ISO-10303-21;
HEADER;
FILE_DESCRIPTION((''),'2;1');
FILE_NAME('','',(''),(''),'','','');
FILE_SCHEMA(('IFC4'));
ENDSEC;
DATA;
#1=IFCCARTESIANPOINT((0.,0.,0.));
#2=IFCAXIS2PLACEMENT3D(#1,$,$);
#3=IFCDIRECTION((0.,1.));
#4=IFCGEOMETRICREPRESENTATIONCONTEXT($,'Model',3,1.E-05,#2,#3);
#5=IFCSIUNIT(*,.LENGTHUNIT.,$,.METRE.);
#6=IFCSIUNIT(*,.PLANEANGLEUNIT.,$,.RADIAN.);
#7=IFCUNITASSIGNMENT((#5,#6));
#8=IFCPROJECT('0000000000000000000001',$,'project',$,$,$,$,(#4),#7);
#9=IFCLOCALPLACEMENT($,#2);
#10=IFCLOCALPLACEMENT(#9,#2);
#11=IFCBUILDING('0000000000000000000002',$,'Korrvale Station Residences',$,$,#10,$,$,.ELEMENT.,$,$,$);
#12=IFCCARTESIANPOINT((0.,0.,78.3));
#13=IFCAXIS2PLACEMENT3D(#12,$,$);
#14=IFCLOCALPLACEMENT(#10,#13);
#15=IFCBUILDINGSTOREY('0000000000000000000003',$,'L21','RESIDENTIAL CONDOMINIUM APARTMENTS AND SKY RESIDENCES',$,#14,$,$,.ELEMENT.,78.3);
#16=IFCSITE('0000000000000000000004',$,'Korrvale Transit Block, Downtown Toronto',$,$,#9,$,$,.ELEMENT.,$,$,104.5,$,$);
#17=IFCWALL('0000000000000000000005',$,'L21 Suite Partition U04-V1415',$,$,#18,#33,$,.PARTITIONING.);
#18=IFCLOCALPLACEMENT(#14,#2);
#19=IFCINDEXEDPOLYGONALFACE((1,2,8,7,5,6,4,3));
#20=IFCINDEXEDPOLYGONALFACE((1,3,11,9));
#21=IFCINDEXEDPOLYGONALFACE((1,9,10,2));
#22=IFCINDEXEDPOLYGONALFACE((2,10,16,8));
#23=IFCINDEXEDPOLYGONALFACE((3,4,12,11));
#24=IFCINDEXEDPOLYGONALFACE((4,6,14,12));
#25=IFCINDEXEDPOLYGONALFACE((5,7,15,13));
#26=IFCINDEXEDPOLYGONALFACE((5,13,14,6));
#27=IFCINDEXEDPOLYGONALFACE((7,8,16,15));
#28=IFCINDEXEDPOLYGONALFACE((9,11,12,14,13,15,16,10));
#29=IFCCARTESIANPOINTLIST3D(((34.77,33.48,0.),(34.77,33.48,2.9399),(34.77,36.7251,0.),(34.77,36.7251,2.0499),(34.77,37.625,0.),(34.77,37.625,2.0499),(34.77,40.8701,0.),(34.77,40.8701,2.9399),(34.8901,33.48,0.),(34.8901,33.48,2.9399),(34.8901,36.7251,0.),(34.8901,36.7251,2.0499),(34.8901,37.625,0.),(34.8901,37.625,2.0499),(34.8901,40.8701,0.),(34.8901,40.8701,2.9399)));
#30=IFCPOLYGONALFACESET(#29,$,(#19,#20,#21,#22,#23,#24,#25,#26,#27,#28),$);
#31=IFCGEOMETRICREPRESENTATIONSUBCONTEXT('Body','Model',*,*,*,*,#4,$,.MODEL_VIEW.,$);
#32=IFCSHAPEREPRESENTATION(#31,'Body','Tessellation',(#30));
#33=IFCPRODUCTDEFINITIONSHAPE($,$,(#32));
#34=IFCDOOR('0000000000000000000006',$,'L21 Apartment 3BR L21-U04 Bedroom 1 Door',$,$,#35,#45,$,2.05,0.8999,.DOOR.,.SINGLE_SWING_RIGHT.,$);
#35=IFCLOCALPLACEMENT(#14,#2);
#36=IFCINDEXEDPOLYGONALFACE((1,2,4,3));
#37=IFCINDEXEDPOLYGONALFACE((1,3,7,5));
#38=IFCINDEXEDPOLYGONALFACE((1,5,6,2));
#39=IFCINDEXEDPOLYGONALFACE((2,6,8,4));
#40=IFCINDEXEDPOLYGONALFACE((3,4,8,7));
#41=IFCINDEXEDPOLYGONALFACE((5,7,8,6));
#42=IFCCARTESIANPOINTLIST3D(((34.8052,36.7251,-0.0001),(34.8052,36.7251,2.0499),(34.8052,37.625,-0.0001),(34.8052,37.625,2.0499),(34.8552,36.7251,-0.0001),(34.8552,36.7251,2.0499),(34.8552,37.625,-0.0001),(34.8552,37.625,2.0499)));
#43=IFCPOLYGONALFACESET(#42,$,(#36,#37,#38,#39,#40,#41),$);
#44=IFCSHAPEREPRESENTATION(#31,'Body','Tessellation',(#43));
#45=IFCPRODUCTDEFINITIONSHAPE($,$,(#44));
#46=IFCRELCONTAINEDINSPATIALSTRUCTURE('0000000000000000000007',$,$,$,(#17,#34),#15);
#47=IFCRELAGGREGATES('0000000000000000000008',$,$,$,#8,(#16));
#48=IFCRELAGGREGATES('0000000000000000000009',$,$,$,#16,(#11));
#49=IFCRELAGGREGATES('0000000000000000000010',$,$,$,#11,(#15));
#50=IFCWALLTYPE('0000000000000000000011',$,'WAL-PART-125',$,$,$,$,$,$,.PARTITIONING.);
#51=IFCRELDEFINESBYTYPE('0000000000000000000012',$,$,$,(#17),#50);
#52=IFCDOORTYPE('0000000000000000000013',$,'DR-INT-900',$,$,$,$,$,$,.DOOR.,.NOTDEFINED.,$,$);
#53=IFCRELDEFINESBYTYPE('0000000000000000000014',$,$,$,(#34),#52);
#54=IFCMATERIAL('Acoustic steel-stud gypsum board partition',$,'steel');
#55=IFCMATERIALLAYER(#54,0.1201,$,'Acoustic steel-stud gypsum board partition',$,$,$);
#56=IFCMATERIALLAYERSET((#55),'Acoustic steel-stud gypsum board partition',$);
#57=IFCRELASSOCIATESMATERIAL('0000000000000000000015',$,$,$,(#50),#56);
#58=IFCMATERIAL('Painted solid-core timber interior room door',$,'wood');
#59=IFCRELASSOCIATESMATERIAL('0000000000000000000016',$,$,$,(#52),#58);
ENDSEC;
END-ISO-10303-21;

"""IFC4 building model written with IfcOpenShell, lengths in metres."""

from ifc_helpers import new_model, si_unit, direction, frame, frame_2d, origin, place, context, subcontext, project, spatial, rectangle, extrude, material, layer, layer_set, type_object, element, fill, save


model = new_model("IFC4")

# Units and contexts
model_context = context("Model", 3, precision=1e-05, world=origin(), true_north=direction((0.0, 1.0)))
body_context = subcontext(model_context, "Body", "Model", "MODEL_VIEW")
ifc_project = project(units=[si_unit("LENGTHUNIT", "METRE"), si_unit("PLANEANGLEUNIT", "RADIAN")], contexts=[model_context])

# Site, building, storey
site_placement = place(None, origin())
site = spatial("IfcSite", under=ifc_project, at=site_placement, Name="Korrvale Transit Block, Downtown Toronto", CompositionType="ELEMENT", RefElevation=104.5)
building_placement = place(site_placement, origin())
building = spatial("IfcBuilding", under=site, at=building_placement, Name="Korrvale Station Residences", CompositionType="ELEMENT")
storey_placement = place(building_placement, frame((0.0, 0.0, 78.3)))
storey = spatial("IfcBuildingStorey", under=building, at=storey_placement, Name="L21", Description="RESIDENTIAL CONDOMINIUM APARTMENTS AND SKY RESIDENCES", CompositionType="ELEMENT", Elevation=78.3)

# Wall, opening, door
ifc_material_1 = material(Name="Acoustic steel-stud gypsum board partition", Category="steel")
ifc_layer_1 = layer(ifc_material_1, 0.1201, Name="Acoustic steel-stud gypsum board partition")
ifc_layer_set_1 = layer_set([ifc_layer_1], Name="Acoustic steel-stud gypsum board partition")
wall_type_1 = type_object("IfcWallType", Name="WAL-PART-125", PredefinedType="PARTITIONING", material=ifc_layer_set_1)
ifc_material_2 = material(Name="Painted solid-core timber interior room door", Category="wood")
door_type_1 = type_object("IfcDoorType", Name="DR-INT-900", OperationType="NOTDEFINED", PredefinedType="DOOR", material=ifc_material_2)
wall_1_placement = place(storey_placement, frame((34.8301, 33.48, 0.0), z_axis=(0.0, 0.0, 1.0), x_axis=(0.0, 1.0, 0.0)))
wall_1 = element("IfcWall", 1, at=wall_1_placement, inside=storey, type_object=wall_type_1, Name="L21 Suite Partition U04-V1415", PredefinedType="PARTITIONING", context=body_context, shape_type="SweptSolid", body=[
    extrude(rectangle(XDim=7.3901, YDim=0.1201, at=frame_2d((3.6951, 0.0))), origin(), (0.0, 0.0, 1.0), 2.9399),
])
opening_1_placement = place(wall_1_placement, frame((3.2451, 0.0, 0.0)))
opening_1 = element("IfcOpeningElement", 2, at=opening_1_placement, cuts=wall_1, PredefinedType="OPENING", context=body_context, shape_type="SweptSolid", body=[
    extrude(rectangle(XDim=0.8999, YDim=2.05, at=frame_2d((0.45, 1.0249))), frame((0.0, 0.0701, 0.0), z_axis=(0.0, -1.0, 0.0), x_axis=(1.0, 0.0, 0.0)), (0.0, 0.0, 1.0), 0.1401),
])
door_1_placement = place(opening_1_placement, origin())
door_1 = element("IfcDoor", 3, at=door_1_placement, inside=storey, type_object=door_type_1, Name="L21 Apartment 3BR L21-U04 Bedroom 1 Door", OperationType="SINGLE_SWING_RIGHT", OverallHeight=2.05, OverallWidth=0.8999, PredefinedType="DOOR", context=body_context, shape_type="SweptSolid", body=[
    extrude(rectangle(XDim=0.8999, YDim=2.05, at=frame_2d((0.45, 1.0249))), frame((0.0, 0.0249, 0.0), z_axis=(0.0, -1.0, 0.0), x_axis=(1.0, 0.0, 0.0)), (0.0, 0.0, 1.0), 0.05),
])
fill(opening_1, door_1)

save(model, "model.ifc")
